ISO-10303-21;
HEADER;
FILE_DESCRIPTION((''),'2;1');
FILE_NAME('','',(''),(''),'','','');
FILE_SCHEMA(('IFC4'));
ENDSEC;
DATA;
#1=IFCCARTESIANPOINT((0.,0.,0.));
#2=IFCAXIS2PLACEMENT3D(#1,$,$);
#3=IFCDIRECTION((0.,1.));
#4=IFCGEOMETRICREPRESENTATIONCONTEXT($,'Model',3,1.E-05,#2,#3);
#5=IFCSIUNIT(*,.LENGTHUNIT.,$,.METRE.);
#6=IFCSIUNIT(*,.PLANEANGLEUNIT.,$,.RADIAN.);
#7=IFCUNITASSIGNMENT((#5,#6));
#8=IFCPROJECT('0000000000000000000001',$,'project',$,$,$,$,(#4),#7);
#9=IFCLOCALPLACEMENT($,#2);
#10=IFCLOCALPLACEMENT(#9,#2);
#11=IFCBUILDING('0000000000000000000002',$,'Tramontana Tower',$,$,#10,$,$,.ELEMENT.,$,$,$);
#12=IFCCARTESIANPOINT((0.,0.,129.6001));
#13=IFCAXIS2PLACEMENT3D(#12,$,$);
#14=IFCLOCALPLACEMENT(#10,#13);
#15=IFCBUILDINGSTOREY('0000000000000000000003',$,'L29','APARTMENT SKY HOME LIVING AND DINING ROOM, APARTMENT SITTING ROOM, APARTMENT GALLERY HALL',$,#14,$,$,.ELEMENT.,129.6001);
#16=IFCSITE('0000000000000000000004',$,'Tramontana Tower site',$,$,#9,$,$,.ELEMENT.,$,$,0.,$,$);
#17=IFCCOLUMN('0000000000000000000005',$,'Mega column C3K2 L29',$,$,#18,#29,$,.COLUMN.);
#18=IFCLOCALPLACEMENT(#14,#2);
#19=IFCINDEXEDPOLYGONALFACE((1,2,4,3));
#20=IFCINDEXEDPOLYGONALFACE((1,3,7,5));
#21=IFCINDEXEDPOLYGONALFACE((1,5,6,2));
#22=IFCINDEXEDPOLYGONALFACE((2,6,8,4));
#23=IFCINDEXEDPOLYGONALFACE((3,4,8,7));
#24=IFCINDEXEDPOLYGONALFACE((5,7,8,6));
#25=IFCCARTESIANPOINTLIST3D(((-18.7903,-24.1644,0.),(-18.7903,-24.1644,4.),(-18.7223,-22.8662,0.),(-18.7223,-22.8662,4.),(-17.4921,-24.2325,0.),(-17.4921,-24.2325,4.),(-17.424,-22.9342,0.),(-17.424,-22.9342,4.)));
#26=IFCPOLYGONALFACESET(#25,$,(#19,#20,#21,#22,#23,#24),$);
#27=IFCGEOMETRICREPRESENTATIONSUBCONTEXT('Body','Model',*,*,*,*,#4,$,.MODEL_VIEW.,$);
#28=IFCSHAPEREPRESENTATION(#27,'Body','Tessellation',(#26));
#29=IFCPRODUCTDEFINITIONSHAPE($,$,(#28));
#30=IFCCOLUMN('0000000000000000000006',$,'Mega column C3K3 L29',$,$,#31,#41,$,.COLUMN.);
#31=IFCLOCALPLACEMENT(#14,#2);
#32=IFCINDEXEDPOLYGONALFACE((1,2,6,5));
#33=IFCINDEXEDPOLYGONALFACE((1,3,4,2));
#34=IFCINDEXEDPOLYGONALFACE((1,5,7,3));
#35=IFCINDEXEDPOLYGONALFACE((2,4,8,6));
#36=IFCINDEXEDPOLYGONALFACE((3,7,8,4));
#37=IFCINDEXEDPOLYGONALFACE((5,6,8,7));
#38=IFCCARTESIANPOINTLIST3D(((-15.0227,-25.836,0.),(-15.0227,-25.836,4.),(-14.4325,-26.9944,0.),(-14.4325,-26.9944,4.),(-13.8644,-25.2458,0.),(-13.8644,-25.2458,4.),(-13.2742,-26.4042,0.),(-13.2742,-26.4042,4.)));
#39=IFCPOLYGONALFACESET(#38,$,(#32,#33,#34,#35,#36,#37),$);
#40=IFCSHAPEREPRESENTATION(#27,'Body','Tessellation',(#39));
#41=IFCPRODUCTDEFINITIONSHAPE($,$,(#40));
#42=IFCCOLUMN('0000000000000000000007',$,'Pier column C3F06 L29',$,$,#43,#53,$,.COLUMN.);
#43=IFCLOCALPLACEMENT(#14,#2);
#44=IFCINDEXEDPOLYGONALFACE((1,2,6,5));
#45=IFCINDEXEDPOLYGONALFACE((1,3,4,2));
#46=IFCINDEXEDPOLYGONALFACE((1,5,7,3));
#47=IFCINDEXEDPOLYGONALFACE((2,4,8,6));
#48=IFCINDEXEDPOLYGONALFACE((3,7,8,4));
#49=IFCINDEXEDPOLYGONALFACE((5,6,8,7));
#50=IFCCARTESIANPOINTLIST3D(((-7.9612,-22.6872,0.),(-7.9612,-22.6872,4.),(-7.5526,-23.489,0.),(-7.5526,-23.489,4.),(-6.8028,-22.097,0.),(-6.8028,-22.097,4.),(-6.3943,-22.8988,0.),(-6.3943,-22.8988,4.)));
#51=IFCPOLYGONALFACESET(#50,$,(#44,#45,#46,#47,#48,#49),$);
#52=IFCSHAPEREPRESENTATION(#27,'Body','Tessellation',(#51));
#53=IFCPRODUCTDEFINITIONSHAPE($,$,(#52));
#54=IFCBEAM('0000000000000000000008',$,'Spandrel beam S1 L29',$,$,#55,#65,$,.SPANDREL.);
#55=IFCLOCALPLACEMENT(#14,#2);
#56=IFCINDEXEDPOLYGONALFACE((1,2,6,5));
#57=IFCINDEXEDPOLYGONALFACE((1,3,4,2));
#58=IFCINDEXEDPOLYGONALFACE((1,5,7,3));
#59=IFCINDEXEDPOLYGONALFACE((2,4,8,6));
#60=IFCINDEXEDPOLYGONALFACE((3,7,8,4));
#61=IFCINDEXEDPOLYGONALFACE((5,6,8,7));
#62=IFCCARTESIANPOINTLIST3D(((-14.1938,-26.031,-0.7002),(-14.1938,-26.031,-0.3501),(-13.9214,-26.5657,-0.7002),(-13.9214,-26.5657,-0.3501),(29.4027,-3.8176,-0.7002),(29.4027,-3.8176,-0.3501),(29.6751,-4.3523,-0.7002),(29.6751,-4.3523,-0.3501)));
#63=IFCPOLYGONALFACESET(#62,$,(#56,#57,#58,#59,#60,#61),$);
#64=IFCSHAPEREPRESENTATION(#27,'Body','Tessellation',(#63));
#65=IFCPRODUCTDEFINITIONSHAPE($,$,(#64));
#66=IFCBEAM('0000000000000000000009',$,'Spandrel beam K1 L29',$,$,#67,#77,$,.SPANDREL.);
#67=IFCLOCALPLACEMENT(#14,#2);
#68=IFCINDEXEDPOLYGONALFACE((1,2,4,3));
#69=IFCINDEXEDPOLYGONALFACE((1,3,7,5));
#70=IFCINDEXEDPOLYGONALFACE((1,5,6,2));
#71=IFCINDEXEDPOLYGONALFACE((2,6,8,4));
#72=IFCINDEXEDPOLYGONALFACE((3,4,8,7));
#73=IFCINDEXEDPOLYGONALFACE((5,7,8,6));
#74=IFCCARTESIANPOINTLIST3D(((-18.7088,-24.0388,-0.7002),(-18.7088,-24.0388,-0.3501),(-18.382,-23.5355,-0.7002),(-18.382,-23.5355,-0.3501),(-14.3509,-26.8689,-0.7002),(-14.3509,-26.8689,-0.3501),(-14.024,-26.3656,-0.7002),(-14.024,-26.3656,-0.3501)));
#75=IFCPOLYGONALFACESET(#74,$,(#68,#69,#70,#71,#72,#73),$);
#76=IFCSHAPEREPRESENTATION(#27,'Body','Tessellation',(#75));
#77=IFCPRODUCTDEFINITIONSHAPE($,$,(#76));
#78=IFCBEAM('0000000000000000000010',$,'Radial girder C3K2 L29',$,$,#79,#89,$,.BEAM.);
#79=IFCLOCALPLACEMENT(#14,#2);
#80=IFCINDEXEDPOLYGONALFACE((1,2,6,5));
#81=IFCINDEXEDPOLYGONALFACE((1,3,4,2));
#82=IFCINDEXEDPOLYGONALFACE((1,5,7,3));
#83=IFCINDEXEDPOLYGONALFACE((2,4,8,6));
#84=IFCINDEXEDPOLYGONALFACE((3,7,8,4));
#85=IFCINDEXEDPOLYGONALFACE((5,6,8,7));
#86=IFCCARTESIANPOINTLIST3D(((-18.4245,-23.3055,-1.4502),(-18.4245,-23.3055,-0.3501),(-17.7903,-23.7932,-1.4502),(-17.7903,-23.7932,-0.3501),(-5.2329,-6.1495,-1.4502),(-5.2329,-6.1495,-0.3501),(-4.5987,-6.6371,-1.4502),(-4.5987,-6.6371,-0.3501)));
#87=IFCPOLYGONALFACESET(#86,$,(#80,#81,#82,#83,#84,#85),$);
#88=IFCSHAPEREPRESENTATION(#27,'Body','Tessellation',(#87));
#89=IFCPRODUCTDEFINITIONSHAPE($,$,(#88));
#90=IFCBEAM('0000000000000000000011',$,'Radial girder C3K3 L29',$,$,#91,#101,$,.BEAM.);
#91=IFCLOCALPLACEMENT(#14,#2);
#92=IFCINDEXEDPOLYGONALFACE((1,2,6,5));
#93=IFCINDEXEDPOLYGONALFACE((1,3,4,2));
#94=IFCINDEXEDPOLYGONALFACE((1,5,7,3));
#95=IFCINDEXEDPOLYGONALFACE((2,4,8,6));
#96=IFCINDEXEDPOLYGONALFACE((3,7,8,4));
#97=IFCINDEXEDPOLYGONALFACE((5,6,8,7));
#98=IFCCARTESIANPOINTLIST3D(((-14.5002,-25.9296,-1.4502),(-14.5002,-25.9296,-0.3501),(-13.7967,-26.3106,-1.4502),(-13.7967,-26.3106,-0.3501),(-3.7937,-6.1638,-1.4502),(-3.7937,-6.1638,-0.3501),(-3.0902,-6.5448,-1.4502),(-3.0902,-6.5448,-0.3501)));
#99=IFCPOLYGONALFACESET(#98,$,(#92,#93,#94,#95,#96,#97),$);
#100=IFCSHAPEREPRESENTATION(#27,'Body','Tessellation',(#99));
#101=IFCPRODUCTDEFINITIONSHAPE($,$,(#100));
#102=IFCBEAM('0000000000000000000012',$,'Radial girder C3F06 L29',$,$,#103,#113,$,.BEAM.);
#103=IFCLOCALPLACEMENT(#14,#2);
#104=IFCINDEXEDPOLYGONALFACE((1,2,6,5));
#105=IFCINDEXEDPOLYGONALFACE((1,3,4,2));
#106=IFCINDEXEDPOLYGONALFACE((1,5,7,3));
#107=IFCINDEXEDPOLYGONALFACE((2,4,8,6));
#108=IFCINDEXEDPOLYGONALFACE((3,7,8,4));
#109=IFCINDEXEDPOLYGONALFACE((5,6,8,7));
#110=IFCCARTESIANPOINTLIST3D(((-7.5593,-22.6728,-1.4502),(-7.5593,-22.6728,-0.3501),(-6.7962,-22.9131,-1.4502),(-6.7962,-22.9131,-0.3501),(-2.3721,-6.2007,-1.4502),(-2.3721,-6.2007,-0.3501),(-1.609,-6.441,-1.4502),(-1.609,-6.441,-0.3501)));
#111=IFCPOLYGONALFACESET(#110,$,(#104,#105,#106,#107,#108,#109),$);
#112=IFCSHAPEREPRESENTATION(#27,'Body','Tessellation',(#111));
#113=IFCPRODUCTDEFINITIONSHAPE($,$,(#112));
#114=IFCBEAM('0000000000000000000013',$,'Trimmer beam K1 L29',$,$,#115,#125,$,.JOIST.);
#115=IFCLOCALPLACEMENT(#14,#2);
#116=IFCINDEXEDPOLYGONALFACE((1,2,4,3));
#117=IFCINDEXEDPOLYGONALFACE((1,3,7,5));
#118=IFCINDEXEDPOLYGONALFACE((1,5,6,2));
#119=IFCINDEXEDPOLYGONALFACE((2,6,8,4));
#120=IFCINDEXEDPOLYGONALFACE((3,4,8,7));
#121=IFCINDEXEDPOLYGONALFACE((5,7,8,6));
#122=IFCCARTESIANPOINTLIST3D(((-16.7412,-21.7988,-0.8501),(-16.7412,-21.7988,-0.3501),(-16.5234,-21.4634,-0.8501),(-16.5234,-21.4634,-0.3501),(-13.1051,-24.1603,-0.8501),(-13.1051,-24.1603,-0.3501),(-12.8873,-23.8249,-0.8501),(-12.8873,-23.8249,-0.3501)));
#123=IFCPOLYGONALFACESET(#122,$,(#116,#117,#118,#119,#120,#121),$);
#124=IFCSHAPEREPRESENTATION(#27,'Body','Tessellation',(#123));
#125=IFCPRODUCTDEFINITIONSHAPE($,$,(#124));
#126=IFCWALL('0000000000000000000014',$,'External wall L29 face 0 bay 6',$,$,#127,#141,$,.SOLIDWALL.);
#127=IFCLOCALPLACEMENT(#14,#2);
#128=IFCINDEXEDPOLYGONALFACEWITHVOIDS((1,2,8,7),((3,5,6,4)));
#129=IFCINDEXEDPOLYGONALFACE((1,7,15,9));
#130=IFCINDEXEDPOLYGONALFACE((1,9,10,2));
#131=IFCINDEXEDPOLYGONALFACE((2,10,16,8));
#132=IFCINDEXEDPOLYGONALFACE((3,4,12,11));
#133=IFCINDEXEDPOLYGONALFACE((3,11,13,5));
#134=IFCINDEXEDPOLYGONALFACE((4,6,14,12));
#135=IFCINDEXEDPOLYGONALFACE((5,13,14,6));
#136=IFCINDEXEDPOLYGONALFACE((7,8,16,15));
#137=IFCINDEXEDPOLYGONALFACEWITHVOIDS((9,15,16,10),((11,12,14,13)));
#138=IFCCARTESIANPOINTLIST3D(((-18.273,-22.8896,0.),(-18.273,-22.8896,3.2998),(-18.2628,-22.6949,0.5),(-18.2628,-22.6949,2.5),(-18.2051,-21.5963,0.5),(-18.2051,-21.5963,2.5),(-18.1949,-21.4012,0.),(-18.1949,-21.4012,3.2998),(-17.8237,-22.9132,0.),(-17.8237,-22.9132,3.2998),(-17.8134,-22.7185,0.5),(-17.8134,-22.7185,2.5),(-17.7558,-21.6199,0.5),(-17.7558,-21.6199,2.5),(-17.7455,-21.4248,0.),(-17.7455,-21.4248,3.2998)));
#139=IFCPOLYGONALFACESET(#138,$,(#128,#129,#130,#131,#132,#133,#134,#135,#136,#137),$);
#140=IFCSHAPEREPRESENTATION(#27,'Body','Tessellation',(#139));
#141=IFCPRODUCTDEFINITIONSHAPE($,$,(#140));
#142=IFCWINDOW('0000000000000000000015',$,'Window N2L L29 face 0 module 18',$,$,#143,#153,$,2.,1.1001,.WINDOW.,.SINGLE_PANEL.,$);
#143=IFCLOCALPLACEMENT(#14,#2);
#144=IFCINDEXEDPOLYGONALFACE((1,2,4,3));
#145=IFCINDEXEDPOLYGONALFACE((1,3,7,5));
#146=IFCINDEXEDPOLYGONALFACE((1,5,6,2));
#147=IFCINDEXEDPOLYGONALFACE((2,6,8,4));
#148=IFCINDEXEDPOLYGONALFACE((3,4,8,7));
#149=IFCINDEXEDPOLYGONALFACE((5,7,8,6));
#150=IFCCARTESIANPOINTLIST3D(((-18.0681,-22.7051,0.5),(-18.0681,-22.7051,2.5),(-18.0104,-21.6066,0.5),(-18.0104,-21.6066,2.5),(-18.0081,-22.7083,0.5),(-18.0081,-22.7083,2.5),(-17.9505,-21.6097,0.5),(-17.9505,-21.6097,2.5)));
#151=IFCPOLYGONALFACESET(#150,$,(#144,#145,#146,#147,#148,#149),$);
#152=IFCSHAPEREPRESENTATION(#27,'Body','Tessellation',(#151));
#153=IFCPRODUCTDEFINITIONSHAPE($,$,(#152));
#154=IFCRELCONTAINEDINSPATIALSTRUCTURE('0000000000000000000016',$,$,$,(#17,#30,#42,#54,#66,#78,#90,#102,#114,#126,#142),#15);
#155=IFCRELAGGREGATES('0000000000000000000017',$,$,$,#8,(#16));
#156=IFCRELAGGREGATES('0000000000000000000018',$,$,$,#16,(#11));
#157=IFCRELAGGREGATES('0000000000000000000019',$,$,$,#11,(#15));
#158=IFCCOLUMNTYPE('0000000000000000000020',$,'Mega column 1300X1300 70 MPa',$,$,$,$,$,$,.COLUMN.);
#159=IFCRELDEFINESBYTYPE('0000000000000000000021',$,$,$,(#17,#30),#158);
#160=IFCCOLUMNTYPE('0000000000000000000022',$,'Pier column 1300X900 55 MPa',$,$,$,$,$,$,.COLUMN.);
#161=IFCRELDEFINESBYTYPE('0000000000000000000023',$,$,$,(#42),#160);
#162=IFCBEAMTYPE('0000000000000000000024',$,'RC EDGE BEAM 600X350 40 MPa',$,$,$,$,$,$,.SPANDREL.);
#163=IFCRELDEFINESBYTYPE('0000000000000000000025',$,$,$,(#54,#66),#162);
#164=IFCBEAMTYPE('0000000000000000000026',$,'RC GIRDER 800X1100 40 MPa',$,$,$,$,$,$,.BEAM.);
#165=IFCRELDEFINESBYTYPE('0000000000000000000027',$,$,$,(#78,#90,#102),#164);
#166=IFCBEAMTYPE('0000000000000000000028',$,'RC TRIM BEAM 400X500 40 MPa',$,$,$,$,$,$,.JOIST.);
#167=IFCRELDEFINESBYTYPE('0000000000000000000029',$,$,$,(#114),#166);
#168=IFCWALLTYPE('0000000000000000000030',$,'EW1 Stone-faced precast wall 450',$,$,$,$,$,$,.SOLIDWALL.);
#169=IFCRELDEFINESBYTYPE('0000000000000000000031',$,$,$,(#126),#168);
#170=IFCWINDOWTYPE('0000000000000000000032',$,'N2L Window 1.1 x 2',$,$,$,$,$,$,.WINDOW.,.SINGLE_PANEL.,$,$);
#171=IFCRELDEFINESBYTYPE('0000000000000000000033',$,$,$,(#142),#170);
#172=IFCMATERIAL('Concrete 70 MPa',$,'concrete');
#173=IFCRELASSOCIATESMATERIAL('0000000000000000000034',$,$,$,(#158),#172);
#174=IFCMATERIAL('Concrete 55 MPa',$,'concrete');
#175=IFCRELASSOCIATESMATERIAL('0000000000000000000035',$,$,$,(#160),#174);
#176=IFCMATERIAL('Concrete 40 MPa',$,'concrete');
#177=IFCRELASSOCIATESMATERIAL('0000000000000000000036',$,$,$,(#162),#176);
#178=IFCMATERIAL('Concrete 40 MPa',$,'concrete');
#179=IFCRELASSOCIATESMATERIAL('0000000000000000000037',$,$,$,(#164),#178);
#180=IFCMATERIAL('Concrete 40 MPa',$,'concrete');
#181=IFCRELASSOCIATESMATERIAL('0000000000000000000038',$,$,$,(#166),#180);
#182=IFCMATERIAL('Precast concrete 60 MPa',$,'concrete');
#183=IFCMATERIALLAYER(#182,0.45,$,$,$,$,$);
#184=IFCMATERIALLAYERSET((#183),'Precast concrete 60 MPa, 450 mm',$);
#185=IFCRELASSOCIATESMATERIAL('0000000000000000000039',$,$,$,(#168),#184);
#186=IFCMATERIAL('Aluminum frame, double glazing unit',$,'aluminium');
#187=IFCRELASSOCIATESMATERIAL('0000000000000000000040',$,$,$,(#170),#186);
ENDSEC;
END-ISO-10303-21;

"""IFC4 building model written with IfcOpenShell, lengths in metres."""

from ifc_helpers import new_model, si_unit, direction, frame, frame_2d, origin, origin_2d, place, context, subcontext, project, spatial, rectangle, extrude, material, layer, layer_set, material_profile, profile_set, type_object, element, fill, save


model = new_model("IFC4")

# Units and contexts
model_context = context("Model", 3, precision=1e-05, world=origin(), true_north=direction((0.0, 1.0)))
body_context = subcontext(model_context, "Body", "Model", "MODEL_VIEW")
ifc_project = project(units=[si_unit("LENGTHUNIT", "METRE"), si_unit("PLANEANGLEUNIT", "RADIAN")], contexts=[model_context])

# Site, building, storey
site_placement = place(None, origin())
site = spatial("IfcSite", under=ifc_project, at=site_placement, Name="Tramontana Tower site", CompositionType="ELEMENT", RefElevation=0.0)
building_placement = place(site_placement, origin())
building = spatial("IfcBuilding", under=site, at=building_placement, Name="Tramontana Tower", CompositionType="ELEMENT")
storey_placement = place(building_placement, frame((0.0, 0.0, 129.6001)))
storey = spatial("IfcBuildingStorey", under=building, at=storey_placement, Name="L29", Description="APARTMENT SKY HOME LIVING AND DINING ROOM, APARTMENT SITTING ROOM, APARTMENT GALLERY HALL", CompositionType="ELEMENT", Elevation=129.6001)

# Columns
ifc_material_1 = material(Name="Concrete 70 MPa", Category="concrete")
ifc_material_profile_1 = material_profile(ifc_material_1, rectangle(XDim=1.3, YDim=1.3, at=origin_2d()), Name="Mega column 1300X1300 70 MPa")
ifc_profile_set_1 = profile_set([ifc_material_profile_1], Name="Concrete 70 MPa")
column_type_1 = type_object("IfcColumnType", Name="Mega column 1300X1300 70 MPa", PredefinedType="COLUMN", material=ifc_profile_set_1)
for number, where, z_axis, x_axis, name in (
    (1, (-18.1072, -23.5493, 0.0), (0.0, 0.0, 1.0), (-0.052336, -0.99863, 0.0), "Mega column C3K2 L29"),
    (2, (-14.1484, -26.1201, 0.0), (0.0, 0.0, 1.0), (0.891007, 0.45399, 0.0), "Mega column C3K3 L29"),
):
    element("IfcColumn", number, at=place(storey_placement, frame(where, z_axis=z_axis, x_axis=x_axis)), inside=storey, type_object=column_type_1, Name=name, PredefinedType="COLUMN", context=body_context, shape_type="SweptSolid", body=[
        extrude(rectangle(XDim=1.3, YDim=1.3, at=origin_2d()), origin(), (0.0, 0.0, 1.0), 4.0),
    ])
ifc_material_2 = material(Name="Concrete 55 MPa", Category="concrete")
ifc_material_profile_2 = material_profile(ifc_material_2, rectangle(XDim=1.3, YDim=0.8999, at=origin_2d()), Name="Pier column 1300X900 55 MPa")
ifc_profile_set_2 = profile_set([ifc_material_profile_2], Name="Concrete 55 MPa")
column_type_2 = type_object("IfcColumnType", Name="Pier column 1300X900 55 MPa", PredefinedType="COLUMN", material=ifc_profile_set_2)
column_placement = place(storey_placement, frame((-7.1777, -22.793, 0.0), z_axis=(0.0, 0.0, 1.0), x_axis=(0.891007, 0.45399, 0.0)))
element("IfcColumn", 3, at=column_placement, inside=storey, type_object=column_type_2, Name="Pier column C3F06 L29", PredefinedType="COLUMN", context=body_context, shape_type="SweptSolid", body=[
    extrude(rectangle(XDim=1.3, YDim=0.8999, at=origin_2d()), origin(), (0.0, 0.0, 1.0), 4.0),
])

# Beams
ifc_material_3 = material(Name="Concrete 40 MPa", Category="concrete")
ifc_material_profile_3 = material_profile(ifc_material_3, rectangle(XDim=0.6001, YDim=0.3501, at=origin_2d()), Name="RC EDGE BEAM 600X350 40 MPa")
ifc_profile_set_3 = profile_set([ifc_material_profile_3], Name="Concrete 40 MPa")
beam_type_1 = type_object("IfcBeamType", Name="RC EDGE BEAM 600X350 40 MPa", PredefinedType="SPANDREL", material=ifc_profile_set_3)
beam_1_placement = place(storey_placement, frame((-14.0576, -26.2983, -0.5251), z_axis=(0.891007, 0.453989, 0.0), x_axis=(-0.453989, 0.891007, 0.0)))
element("IfcBeam", 4, at=beam_1_placement, inside=storey, type_object=beam_type_1, Name="Spandrel beam S1 L29", PredefinedType="SPANDREL", context=body_context, shape_type="SweptSolid", body=[
    extrude(rectangle(XDim=0.6001, YDim=0.3501, at=origin_2d()), origin(), (0.0, 0.0, 1.0), 48.9294),
])
beam_2_placement = place(storey_placement, frame((-18.5454, -23.7871, -0.5251), z_axis=(0.838669, -0.544641, 0.0), x_axis=(0.544641, 0.838669, 0.0)))
element("IfcBeam", 5, at=beam_2_placement, inside=storey, type_object=beam_type_1, Name="Spandrel beam K1 L29", PredefinedType="SPANDREL", context=body_context, shape_type="SweptSolid", body=[
    extrude(rectangle(XDim=0.6001, YDim=0.3501, at=origin_2d()), origin(), (0.0, 0.0, 1.0), 5.1963),
])
ifc_material_4 = material(Name="Concrete 40 MPa", Category="concrete")
ifc_material_profile_4 = material_profile(ifc_material_4, rectangle(XDim=0.8, YDim=1.1001, at=origin_2d()), Name="RC GIRDER 800X1100 40 MPa")
ifc_profile_set_4 = profile_set([ifc_material_profile_4], Name="Concrete 40 MPa")
beam_type_2 = type_object("IfcBeamType", Name="RC GIRDER 800X1100 40 MPa", PredefinedType="BEAM", material=ifc_profile_set_4)
beam_3_placement = place(storey_placement, frame((-18.1074, -23.5493, -0.9001), z_axis=(0.609558, 0.792742, 0.0), x_axis=(-0.792742, 0.609558, 0.0)))
element("IfcBeam", 6, at=beam_3_placement, inside=storey, type_object=beam_type_2, Name="Radial girder C3K2 L29", PredefinedType="BEAM", context=body_context, shape_type="SweptSolid", body=[
    extrude(rectangle(XDim=0.8, YDim=1.1001, at=origin_2d()), origin(), (0.0, 0.0, 1.0), 21.6414),
])
beam_4_placement = place(storey_placement, frame((-14.1484, -26.1201, -0.9001), z_axis=(0.476284, 0.879291, 0.0), x_axis=(-0.879291, 0.476284, 0.0)))
element("IfcBeam", 7, at=beam_4_placement, inside=storey, type_object=beam_type_2, Name="Radial girder C3K3 L29", PredefinedType="BEAM", context=body_context, shape_type="SweptSolid", body=[
    extrude(rectangle(XDim=0.8, YDim=1.1001, at=origin_2d()), origin(), (0.0, 0.0, 1.0), 22.4792),
])
beam_5_placement = place(storey_placement, frame((-7.1777, -22.793, -0.9001), z_axis=(0.300369, 0.953823, 0.0), x_axis=(-0.953823, 0.300369, 0.0)))
element("IfcBeam", 8, at=beam_5_placement, inside=storey, type_object=beam_type_2, Name="Radial girder C3F06 L29", PredefinedType="BEAM", context=body_context, shape_type="SweptSolid", body=[
    extrude(rectangle(XDim=0.8, YDim=1.1001, at=origin_2d()), origin(), (0.0, 0.0, 1.0), 17.2695),
])
ifc_material_5 = material(Name="Concrete 40 MPa", Category="concrete")
ifc_material_profile_5 = material_profile(ifc_material_5, rectangle(XDim=0.3999, YDim=0.5, at=origin_2d()), Name="RC TRIM BEAM 400X500 40 MPa")
ifc_profile_set_5 = profile_set([ifc_material_profile_5], Name="Concrete 40 MPa")
beam_type_3 = type_object("IfcBeamType", Name="RC TRIM BEAM 400X500 40 MPa", PredefinedType="JOIST", material=ifc_profile_set_5)
beam_6_placement = place(storey_placement, frame((-16.6323, -21.6311, -0.6001), z_axis=(0.838652, -0.544668, 0.0), x_axis=(0.544668, 0.838652, 0.0)))
element("IfcBeam", 9, at=beam_6_placement, inside=storey, type_object=beam_type_3, Name="Trimmer beam K1 L29", PredefinedType="JOIST", context=body_context, shape_type="SweptSolid", body=[
    extrude(rectangle(XDim=0.3999, YDim=0.5, at=origin_2d()), origin(), (0.0, 0.0, 1.0), 4.3357),
])

# Wall, opening, window
ifc_material_6 = material(Name="Precast concrete 60 MPa", Category="concrete")
ifc_layer_1 = layer(ifc_material_6, 0.45)
ifc_layer_set_1 = layer_set([ifc_layer_1], Name="Precast concrete 60 MPa, 450 mm")
wall_type_1 = type_object("IfcWallType", Name="EW1 Stone-faced precast wall 450", PredefinedType="SOLIDWALL", material=ifc_layer_set_1)
wall_1_placement = place(storey_placement, frame((-17.9702, -21.4131, 0.0), z_axis=(0.0, 0.0, 1.0), x_axis=(-0.052413, -0.998626, 0.0)))
wall_1 = element("IfcWall", 10, at=wall_1_placement, inside=storey, type_object=wall_type_1, Name="External wall L29 face 0 bay 6", PredefinedType="SOLIDWALL", context=body_context, shape_type="SweptSolid", body=[
    extrude(rectangle(XDim=1.4905, YDim=0.45, at=frame_2d((0.7451, 0.0))), origin(), (0.0, 0.0, 1.0), 3.2998),
])
opening_1_placement = place(wall_1_placement, frame((0.1953, 0.0, 0.5)))
opening_1 = element("IfcOpeningElement", 11, at=opening_1_placement, cuts=wall_1, PredefinedType="OPENING", context=body_context, shape_type="SweptSolid", body=[
    extrude(rectangle(XDim=1.1001, YDim=2.0, at=frame_2d((0.55, 1.0))), frame((0.0, 0.2349, 0.0), z_axis=(0.0, -1.0, 0.0), x_axis=(1.0, 0.0, 0.0)), (0.0, 0.0, 1.0), 0.47),
])
ifc_material_7 = material(Name="Aluminum frame, double glazing unit", Category="aluminium")
window_type_1 = type_object("IfcWindowType", Name="N2L Window 1.1 x 2", PartitioningType="SINGLE_PANEL", PredefinedType="WINDOW", material=ifc_material_7)
window_1_placement = place(opening_1_placement, origin())
window_1 = element("IfcWindow", 12, at=window_1_placement, inside=storey, type_object=window_type_1, Name="Window N2L L29 face 0 module 18", OverallHeight=2.0, OverallWidth=1.1001, PartitioningType="SINGLE_PANEL", PredefinedType="WINDOW", context=body_context, shape_type="SweptSolid", body=[
    extrude(rectangle(XDim=1.1001, YDim=2.0, at=frame_2d((0.55, 1.0))), frame((0.0, 0.03, 0.0), z_axis=(0.0, -1.0, 0.0), x_axis=(1.0, 0.0, 0.0)), (0.0, 0.0, 1.0), 0.0601),
])
fill(opening_1, window_1)

save(model, "model.ifc")
